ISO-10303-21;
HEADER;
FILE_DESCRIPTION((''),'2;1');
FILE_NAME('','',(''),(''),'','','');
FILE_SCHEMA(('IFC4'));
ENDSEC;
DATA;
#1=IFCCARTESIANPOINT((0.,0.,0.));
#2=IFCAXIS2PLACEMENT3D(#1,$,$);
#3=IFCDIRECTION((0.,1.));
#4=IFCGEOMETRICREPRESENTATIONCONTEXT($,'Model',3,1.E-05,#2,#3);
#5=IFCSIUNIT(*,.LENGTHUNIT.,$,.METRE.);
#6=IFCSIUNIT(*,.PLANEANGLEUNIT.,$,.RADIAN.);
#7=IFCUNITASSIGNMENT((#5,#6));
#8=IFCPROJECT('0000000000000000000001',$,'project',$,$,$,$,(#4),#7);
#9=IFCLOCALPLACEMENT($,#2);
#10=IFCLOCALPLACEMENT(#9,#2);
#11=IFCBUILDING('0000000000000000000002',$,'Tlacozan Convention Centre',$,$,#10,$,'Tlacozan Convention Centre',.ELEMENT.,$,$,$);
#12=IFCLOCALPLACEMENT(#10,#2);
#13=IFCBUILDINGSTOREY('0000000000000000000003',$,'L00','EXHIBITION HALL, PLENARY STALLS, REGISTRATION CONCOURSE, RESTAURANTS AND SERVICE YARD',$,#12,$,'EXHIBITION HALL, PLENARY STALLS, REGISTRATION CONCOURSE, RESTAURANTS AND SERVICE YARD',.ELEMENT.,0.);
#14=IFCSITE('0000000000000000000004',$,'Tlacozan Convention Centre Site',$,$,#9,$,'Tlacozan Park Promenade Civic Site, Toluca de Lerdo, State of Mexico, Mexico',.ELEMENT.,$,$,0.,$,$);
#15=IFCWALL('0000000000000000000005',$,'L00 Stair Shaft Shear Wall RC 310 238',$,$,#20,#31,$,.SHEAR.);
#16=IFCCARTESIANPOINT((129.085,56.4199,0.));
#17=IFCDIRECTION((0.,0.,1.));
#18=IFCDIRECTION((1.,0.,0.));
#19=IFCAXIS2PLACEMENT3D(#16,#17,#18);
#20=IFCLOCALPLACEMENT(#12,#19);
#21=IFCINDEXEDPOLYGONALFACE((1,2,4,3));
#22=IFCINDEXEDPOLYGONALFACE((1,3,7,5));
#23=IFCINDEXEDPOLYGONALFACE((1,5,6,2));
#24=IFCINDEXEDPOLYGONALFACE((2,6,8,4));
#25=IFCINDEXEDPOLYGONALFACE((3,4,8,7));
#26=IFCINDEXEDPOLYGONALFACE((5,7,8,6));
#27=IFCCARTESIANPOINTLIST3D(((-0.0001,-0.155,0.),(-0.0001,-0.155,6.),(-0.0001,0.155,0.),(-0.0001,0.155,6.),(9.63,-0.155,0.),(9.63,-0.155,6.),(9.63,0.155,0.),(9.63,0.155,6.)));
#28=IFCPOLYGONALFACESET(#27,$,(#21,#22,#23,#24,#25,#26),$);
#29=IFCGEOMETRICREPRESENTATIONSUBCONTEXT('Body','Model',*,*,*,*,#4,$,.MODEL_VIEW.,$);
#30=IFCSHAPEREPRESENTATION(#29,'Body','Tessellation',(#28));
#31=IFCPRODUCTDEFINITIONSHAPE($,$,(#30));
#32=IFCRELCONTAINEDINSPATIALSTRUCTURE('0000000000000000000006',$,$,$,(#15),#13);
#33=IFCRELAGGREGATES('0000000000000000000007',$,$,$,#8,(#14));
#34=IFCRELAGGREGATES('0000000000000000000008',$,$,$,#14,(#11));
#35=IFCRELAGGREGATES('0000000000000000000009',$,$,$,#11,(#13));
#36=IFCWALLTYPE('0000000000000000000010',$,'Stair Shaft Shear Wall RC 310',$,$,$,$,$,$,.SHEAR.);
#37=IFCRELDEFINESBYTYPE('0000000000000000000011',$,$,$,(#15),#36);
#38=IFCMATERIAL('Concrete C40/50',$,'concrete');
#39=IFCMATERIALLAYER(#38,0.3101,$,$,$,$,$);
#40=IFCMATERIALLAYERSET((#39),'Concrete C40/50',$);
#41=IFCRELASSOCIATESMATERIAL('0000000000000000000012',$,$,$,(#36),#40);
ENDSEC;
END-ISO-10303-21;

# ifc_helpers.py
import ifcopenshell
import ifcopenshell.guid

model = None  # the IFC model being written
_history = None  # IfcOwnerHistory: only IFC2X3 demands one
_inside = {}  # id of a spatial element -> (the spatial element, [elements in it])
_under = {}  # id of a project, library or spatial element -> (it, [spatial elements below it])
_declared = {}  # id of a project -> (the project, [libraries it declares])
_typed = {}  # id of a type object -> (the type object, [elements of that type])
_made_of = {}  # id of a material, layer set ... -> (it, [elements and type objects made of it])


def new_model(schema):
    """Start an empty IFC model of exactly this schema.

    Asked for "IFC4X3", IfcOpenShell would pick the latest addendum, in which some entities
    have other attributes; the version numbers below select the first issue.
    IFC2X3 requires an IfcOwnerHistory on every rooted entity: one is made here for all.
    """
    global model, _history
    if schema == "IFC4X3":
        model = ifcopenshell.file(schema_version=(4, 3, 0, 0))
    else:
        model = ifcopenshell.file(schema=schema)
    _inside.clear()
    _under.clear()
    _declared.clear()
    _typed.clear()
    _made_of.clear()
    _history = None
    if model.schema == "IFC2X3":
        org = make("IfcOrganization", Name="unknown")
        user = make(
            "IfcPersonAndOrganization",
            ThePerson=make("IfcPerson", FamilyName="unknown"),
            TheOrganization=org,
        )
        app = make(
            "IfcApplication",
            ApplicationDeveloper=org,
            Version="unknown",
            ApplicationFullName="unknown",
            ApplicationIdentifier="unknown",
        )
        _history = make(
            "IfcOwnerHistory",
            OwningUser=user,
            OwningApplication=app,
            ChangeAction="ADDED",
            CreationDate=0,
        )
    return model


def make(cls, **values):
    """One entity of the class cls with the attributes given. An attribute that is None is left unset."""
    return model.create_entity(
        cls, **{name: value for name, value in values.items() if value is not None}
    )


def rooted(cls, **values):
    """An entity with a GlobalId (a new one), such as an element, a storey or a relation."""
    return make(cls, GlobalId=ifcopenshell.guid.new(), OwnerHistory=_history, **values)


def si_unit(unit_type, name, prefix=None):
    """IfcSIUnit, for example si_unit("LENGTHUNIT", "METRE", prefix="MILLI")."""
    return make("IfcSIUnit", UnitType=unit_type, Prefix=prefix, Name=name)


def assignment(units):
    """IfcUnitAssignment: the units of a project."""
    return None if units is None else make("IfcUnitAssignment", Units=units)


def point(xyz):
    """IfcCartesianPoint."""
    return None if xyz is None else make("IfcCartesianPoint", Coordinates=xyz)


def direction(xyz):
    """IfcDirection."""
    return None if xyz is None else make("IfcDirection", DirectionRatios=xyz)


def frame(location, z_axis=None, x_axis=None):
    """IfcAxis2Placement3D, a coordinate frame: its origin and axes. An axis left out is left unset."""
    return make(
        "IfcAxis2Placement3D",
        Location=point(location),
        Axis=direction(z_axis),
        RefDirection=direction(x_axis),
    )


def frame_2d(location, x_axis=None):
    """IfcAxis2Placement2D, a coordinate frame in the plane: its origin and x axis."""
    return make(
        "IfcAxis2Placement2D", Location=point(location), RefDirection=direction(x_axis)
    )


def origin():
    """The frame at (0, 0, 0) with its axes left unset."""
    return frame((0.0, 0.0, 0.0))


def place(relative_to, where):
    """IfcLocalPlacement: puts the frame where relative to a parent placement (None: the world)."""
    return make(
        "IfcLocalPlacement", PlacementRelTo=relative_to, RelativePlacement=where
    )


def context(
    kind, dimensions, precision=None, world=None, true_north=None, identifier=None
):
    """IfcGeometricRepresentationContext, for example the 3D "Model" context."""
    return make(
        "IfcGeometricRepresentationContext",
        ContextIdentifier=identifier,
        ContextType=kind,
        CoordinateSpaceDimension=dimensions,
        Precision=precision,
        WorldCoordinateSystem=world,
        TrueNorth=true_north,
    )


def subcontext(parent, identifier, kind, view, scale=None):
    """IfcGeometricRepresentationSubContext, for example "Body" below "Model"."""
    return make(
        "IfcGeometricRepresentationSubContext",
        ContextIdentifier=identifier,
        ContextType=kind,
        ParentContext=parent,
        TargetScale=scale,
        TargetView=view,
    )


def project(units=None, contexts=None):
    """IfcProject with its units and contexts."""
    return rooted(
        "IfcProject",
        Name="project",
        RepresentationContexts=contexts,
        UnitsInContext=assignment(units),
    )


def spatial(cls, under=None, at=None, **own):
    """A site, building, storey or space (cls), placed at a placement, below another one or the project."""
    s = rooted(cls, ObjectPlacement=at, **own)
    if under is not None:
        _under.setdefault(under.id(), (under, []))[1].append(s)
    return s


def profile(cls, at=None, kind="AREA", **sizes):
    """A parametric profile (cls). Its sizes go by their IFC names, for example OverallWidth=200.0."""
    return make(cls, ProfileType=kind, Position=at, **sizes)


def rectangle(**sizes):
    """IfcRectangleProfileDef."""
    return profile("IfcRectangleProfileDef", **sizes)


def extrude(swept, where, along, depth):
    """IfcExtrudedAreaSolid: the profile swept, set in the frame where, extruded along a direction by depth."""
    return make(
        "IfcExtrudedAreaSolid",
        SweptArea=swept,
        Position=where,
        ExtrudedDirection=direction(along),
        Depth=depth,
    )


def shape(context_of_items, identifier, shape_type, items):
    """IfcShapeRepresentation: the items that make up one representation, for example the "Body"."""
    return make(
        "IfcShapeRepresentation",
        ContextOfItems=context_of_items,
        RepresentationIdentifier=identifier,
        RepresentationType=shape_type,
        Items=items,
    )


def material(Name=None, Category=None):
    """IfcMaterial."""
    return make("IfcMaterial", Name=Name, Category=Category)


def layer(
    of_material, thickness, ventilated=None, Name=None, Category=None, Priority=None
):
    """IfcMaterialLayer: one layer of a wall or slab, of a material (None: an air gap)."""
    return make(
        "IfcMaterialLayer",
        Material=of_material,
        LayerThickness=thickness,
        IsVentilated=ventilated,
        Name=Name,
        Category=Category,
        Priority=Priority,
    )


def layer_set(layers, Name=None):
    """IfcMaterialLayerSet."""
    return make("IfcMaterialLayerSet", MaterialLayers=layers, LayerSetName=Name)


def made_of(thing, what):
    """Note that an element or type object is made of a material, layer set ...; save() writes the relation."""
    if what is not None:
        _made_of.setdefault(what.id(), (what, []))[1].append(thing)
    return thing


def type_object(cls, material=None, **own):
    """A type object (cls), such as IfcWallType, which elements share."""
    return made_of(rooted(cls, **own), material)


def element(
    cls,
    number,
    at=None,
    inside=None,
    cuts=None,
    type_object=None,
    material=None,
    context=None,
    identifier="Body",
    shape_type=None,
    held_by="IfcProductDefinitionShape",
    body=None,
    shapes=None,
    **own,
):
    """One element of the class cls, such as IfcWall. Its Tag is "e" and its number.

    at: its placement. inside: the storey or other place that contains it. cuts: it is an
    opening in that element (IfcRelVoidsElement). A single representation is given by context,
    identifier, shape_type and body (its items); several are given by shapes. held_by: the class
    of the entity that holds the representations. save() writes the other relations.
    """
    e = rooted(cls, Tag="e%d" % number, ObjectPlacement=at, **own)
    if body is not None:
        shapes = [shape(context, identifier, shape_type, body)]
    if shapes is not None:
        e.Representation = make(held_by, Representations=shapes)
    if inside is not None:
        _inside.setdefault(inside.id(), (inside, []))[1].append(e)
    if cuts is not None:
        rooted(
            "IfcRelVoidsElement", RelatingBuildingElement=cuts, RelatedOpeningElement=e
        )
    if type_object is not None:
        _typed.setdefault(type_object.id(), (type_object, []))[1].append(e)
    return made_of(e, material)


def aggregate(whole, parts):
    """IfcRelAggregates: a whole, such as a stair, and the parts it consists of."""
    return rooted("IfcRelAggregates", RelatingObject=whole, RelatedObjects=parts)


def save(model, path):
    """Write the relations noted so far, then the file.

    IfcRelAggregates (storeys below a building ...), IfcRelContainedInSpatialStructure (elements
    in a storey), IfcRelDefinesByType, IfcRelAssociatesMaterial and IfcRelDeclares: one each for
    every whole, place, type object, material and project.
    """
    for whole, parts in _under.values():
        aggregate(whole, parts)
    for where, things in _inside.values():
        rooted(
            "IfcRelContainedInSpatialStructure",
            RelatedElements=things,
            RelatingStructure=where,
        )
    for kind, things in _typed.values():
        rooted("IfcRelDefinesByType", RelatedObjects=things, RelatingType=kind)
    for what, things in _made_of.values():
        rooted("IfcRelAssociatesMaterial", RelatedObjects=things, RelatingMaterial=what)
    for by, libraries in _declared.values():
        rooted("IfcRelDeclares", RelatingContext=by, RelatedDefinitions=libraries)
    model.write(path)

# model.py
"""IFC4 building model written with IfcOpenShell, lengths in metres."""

from ifc_helpers import new_model, si_unit, direction, frame, frame_2d, origin, place, context, subcontext, project, spatial, rectangle, extrude, material, layer, layer_set, type_object, element, save


model = new_model("IFC4")

# Units and contexts
model_context = context("Model", 3, precision=1e-05, world=origin(), true_north=direction((0.0, 1.0)))
body_context = subcontext(model_context, "Body", "Model", "MODEL_VIEW")
ifc_project = project(units=[si_unit("LENGTHUNIT", "METRE"), si_unit("PLANEANGLEUNIT", "RADIAN")], contexts=[model_context])

# Site, building, storey
site_placement = place(None, origin())
site = spatial("IfcSite", under=ifc_project, at=site_placement, Name="Tlacozan Convention Centre Site", LongName="Tlacozan Park Promenade Civic Site, Toluca de Lerdo, State of Mexico, Mexico", CompositionType="ELEMENT", RefElevation=0.0)
building_placement = place(site_placement, origin())
building = spatial("IfcBuilding", under=site, at=building_placement, Name="Tlacozan Convention Centre", LongName="Tlacozan Convention Centre", CompositionType="ELEMENT")
storey_placement = place(building_placement, origin())
storey = spatial("IfcBuildingStorey", under=building, at=storey_placement, Name="L00", Description="EXHIBITION HALL, PLENARY STALLS, REGISTRATION CONCOURSE, RESTAURANTS AND SERVICE YARD", LongName="EXHIBITION HALL, PLENARY STALLS, REGISTRATION CONCOURSE, RESTAURANTS AND SERVICE YARD", CompositionType="ELEMENT", Elevation=0.0)

# Shared definitions
ifc_material_1 = material(Name="Concrete C40/50", Category="concrete")

# Wall
ifc_layer = layer(ifc_material_1, 0.3101)
ifc_layer_set = layer_set([ifc_layer], Name="Concrete C40/50")
wall_type = type_object("IfcWallType", Name="Stair Shaft Shear Wall RC 310", PredefinedType="SHEAR", material=ifc_layer_set)
wall_1_placement = place(storey_placement, frame((129.085, 56.4199, 0.0), z_axis=(0.0, 0.0, 1.0), x_axis=(1.0, 0.0, 0.0)))
element("IfcWall", 1, at=wall_1_placement, inside=storey, type_object=wall_type, Name="L00 Stair Shaft Shear Wall RC 310 238", PredefinedType="SHEAR", context=body_context, shape_type="SweptSolid", body=[
    extrude(rectangle(XDim=9.6301, YDim=0.3101, at=frame_2d((4.8149, 0.0))), origin(), (0.0, 0.0, 1.0), 6.0),
])

save(model, "model.ifc")
